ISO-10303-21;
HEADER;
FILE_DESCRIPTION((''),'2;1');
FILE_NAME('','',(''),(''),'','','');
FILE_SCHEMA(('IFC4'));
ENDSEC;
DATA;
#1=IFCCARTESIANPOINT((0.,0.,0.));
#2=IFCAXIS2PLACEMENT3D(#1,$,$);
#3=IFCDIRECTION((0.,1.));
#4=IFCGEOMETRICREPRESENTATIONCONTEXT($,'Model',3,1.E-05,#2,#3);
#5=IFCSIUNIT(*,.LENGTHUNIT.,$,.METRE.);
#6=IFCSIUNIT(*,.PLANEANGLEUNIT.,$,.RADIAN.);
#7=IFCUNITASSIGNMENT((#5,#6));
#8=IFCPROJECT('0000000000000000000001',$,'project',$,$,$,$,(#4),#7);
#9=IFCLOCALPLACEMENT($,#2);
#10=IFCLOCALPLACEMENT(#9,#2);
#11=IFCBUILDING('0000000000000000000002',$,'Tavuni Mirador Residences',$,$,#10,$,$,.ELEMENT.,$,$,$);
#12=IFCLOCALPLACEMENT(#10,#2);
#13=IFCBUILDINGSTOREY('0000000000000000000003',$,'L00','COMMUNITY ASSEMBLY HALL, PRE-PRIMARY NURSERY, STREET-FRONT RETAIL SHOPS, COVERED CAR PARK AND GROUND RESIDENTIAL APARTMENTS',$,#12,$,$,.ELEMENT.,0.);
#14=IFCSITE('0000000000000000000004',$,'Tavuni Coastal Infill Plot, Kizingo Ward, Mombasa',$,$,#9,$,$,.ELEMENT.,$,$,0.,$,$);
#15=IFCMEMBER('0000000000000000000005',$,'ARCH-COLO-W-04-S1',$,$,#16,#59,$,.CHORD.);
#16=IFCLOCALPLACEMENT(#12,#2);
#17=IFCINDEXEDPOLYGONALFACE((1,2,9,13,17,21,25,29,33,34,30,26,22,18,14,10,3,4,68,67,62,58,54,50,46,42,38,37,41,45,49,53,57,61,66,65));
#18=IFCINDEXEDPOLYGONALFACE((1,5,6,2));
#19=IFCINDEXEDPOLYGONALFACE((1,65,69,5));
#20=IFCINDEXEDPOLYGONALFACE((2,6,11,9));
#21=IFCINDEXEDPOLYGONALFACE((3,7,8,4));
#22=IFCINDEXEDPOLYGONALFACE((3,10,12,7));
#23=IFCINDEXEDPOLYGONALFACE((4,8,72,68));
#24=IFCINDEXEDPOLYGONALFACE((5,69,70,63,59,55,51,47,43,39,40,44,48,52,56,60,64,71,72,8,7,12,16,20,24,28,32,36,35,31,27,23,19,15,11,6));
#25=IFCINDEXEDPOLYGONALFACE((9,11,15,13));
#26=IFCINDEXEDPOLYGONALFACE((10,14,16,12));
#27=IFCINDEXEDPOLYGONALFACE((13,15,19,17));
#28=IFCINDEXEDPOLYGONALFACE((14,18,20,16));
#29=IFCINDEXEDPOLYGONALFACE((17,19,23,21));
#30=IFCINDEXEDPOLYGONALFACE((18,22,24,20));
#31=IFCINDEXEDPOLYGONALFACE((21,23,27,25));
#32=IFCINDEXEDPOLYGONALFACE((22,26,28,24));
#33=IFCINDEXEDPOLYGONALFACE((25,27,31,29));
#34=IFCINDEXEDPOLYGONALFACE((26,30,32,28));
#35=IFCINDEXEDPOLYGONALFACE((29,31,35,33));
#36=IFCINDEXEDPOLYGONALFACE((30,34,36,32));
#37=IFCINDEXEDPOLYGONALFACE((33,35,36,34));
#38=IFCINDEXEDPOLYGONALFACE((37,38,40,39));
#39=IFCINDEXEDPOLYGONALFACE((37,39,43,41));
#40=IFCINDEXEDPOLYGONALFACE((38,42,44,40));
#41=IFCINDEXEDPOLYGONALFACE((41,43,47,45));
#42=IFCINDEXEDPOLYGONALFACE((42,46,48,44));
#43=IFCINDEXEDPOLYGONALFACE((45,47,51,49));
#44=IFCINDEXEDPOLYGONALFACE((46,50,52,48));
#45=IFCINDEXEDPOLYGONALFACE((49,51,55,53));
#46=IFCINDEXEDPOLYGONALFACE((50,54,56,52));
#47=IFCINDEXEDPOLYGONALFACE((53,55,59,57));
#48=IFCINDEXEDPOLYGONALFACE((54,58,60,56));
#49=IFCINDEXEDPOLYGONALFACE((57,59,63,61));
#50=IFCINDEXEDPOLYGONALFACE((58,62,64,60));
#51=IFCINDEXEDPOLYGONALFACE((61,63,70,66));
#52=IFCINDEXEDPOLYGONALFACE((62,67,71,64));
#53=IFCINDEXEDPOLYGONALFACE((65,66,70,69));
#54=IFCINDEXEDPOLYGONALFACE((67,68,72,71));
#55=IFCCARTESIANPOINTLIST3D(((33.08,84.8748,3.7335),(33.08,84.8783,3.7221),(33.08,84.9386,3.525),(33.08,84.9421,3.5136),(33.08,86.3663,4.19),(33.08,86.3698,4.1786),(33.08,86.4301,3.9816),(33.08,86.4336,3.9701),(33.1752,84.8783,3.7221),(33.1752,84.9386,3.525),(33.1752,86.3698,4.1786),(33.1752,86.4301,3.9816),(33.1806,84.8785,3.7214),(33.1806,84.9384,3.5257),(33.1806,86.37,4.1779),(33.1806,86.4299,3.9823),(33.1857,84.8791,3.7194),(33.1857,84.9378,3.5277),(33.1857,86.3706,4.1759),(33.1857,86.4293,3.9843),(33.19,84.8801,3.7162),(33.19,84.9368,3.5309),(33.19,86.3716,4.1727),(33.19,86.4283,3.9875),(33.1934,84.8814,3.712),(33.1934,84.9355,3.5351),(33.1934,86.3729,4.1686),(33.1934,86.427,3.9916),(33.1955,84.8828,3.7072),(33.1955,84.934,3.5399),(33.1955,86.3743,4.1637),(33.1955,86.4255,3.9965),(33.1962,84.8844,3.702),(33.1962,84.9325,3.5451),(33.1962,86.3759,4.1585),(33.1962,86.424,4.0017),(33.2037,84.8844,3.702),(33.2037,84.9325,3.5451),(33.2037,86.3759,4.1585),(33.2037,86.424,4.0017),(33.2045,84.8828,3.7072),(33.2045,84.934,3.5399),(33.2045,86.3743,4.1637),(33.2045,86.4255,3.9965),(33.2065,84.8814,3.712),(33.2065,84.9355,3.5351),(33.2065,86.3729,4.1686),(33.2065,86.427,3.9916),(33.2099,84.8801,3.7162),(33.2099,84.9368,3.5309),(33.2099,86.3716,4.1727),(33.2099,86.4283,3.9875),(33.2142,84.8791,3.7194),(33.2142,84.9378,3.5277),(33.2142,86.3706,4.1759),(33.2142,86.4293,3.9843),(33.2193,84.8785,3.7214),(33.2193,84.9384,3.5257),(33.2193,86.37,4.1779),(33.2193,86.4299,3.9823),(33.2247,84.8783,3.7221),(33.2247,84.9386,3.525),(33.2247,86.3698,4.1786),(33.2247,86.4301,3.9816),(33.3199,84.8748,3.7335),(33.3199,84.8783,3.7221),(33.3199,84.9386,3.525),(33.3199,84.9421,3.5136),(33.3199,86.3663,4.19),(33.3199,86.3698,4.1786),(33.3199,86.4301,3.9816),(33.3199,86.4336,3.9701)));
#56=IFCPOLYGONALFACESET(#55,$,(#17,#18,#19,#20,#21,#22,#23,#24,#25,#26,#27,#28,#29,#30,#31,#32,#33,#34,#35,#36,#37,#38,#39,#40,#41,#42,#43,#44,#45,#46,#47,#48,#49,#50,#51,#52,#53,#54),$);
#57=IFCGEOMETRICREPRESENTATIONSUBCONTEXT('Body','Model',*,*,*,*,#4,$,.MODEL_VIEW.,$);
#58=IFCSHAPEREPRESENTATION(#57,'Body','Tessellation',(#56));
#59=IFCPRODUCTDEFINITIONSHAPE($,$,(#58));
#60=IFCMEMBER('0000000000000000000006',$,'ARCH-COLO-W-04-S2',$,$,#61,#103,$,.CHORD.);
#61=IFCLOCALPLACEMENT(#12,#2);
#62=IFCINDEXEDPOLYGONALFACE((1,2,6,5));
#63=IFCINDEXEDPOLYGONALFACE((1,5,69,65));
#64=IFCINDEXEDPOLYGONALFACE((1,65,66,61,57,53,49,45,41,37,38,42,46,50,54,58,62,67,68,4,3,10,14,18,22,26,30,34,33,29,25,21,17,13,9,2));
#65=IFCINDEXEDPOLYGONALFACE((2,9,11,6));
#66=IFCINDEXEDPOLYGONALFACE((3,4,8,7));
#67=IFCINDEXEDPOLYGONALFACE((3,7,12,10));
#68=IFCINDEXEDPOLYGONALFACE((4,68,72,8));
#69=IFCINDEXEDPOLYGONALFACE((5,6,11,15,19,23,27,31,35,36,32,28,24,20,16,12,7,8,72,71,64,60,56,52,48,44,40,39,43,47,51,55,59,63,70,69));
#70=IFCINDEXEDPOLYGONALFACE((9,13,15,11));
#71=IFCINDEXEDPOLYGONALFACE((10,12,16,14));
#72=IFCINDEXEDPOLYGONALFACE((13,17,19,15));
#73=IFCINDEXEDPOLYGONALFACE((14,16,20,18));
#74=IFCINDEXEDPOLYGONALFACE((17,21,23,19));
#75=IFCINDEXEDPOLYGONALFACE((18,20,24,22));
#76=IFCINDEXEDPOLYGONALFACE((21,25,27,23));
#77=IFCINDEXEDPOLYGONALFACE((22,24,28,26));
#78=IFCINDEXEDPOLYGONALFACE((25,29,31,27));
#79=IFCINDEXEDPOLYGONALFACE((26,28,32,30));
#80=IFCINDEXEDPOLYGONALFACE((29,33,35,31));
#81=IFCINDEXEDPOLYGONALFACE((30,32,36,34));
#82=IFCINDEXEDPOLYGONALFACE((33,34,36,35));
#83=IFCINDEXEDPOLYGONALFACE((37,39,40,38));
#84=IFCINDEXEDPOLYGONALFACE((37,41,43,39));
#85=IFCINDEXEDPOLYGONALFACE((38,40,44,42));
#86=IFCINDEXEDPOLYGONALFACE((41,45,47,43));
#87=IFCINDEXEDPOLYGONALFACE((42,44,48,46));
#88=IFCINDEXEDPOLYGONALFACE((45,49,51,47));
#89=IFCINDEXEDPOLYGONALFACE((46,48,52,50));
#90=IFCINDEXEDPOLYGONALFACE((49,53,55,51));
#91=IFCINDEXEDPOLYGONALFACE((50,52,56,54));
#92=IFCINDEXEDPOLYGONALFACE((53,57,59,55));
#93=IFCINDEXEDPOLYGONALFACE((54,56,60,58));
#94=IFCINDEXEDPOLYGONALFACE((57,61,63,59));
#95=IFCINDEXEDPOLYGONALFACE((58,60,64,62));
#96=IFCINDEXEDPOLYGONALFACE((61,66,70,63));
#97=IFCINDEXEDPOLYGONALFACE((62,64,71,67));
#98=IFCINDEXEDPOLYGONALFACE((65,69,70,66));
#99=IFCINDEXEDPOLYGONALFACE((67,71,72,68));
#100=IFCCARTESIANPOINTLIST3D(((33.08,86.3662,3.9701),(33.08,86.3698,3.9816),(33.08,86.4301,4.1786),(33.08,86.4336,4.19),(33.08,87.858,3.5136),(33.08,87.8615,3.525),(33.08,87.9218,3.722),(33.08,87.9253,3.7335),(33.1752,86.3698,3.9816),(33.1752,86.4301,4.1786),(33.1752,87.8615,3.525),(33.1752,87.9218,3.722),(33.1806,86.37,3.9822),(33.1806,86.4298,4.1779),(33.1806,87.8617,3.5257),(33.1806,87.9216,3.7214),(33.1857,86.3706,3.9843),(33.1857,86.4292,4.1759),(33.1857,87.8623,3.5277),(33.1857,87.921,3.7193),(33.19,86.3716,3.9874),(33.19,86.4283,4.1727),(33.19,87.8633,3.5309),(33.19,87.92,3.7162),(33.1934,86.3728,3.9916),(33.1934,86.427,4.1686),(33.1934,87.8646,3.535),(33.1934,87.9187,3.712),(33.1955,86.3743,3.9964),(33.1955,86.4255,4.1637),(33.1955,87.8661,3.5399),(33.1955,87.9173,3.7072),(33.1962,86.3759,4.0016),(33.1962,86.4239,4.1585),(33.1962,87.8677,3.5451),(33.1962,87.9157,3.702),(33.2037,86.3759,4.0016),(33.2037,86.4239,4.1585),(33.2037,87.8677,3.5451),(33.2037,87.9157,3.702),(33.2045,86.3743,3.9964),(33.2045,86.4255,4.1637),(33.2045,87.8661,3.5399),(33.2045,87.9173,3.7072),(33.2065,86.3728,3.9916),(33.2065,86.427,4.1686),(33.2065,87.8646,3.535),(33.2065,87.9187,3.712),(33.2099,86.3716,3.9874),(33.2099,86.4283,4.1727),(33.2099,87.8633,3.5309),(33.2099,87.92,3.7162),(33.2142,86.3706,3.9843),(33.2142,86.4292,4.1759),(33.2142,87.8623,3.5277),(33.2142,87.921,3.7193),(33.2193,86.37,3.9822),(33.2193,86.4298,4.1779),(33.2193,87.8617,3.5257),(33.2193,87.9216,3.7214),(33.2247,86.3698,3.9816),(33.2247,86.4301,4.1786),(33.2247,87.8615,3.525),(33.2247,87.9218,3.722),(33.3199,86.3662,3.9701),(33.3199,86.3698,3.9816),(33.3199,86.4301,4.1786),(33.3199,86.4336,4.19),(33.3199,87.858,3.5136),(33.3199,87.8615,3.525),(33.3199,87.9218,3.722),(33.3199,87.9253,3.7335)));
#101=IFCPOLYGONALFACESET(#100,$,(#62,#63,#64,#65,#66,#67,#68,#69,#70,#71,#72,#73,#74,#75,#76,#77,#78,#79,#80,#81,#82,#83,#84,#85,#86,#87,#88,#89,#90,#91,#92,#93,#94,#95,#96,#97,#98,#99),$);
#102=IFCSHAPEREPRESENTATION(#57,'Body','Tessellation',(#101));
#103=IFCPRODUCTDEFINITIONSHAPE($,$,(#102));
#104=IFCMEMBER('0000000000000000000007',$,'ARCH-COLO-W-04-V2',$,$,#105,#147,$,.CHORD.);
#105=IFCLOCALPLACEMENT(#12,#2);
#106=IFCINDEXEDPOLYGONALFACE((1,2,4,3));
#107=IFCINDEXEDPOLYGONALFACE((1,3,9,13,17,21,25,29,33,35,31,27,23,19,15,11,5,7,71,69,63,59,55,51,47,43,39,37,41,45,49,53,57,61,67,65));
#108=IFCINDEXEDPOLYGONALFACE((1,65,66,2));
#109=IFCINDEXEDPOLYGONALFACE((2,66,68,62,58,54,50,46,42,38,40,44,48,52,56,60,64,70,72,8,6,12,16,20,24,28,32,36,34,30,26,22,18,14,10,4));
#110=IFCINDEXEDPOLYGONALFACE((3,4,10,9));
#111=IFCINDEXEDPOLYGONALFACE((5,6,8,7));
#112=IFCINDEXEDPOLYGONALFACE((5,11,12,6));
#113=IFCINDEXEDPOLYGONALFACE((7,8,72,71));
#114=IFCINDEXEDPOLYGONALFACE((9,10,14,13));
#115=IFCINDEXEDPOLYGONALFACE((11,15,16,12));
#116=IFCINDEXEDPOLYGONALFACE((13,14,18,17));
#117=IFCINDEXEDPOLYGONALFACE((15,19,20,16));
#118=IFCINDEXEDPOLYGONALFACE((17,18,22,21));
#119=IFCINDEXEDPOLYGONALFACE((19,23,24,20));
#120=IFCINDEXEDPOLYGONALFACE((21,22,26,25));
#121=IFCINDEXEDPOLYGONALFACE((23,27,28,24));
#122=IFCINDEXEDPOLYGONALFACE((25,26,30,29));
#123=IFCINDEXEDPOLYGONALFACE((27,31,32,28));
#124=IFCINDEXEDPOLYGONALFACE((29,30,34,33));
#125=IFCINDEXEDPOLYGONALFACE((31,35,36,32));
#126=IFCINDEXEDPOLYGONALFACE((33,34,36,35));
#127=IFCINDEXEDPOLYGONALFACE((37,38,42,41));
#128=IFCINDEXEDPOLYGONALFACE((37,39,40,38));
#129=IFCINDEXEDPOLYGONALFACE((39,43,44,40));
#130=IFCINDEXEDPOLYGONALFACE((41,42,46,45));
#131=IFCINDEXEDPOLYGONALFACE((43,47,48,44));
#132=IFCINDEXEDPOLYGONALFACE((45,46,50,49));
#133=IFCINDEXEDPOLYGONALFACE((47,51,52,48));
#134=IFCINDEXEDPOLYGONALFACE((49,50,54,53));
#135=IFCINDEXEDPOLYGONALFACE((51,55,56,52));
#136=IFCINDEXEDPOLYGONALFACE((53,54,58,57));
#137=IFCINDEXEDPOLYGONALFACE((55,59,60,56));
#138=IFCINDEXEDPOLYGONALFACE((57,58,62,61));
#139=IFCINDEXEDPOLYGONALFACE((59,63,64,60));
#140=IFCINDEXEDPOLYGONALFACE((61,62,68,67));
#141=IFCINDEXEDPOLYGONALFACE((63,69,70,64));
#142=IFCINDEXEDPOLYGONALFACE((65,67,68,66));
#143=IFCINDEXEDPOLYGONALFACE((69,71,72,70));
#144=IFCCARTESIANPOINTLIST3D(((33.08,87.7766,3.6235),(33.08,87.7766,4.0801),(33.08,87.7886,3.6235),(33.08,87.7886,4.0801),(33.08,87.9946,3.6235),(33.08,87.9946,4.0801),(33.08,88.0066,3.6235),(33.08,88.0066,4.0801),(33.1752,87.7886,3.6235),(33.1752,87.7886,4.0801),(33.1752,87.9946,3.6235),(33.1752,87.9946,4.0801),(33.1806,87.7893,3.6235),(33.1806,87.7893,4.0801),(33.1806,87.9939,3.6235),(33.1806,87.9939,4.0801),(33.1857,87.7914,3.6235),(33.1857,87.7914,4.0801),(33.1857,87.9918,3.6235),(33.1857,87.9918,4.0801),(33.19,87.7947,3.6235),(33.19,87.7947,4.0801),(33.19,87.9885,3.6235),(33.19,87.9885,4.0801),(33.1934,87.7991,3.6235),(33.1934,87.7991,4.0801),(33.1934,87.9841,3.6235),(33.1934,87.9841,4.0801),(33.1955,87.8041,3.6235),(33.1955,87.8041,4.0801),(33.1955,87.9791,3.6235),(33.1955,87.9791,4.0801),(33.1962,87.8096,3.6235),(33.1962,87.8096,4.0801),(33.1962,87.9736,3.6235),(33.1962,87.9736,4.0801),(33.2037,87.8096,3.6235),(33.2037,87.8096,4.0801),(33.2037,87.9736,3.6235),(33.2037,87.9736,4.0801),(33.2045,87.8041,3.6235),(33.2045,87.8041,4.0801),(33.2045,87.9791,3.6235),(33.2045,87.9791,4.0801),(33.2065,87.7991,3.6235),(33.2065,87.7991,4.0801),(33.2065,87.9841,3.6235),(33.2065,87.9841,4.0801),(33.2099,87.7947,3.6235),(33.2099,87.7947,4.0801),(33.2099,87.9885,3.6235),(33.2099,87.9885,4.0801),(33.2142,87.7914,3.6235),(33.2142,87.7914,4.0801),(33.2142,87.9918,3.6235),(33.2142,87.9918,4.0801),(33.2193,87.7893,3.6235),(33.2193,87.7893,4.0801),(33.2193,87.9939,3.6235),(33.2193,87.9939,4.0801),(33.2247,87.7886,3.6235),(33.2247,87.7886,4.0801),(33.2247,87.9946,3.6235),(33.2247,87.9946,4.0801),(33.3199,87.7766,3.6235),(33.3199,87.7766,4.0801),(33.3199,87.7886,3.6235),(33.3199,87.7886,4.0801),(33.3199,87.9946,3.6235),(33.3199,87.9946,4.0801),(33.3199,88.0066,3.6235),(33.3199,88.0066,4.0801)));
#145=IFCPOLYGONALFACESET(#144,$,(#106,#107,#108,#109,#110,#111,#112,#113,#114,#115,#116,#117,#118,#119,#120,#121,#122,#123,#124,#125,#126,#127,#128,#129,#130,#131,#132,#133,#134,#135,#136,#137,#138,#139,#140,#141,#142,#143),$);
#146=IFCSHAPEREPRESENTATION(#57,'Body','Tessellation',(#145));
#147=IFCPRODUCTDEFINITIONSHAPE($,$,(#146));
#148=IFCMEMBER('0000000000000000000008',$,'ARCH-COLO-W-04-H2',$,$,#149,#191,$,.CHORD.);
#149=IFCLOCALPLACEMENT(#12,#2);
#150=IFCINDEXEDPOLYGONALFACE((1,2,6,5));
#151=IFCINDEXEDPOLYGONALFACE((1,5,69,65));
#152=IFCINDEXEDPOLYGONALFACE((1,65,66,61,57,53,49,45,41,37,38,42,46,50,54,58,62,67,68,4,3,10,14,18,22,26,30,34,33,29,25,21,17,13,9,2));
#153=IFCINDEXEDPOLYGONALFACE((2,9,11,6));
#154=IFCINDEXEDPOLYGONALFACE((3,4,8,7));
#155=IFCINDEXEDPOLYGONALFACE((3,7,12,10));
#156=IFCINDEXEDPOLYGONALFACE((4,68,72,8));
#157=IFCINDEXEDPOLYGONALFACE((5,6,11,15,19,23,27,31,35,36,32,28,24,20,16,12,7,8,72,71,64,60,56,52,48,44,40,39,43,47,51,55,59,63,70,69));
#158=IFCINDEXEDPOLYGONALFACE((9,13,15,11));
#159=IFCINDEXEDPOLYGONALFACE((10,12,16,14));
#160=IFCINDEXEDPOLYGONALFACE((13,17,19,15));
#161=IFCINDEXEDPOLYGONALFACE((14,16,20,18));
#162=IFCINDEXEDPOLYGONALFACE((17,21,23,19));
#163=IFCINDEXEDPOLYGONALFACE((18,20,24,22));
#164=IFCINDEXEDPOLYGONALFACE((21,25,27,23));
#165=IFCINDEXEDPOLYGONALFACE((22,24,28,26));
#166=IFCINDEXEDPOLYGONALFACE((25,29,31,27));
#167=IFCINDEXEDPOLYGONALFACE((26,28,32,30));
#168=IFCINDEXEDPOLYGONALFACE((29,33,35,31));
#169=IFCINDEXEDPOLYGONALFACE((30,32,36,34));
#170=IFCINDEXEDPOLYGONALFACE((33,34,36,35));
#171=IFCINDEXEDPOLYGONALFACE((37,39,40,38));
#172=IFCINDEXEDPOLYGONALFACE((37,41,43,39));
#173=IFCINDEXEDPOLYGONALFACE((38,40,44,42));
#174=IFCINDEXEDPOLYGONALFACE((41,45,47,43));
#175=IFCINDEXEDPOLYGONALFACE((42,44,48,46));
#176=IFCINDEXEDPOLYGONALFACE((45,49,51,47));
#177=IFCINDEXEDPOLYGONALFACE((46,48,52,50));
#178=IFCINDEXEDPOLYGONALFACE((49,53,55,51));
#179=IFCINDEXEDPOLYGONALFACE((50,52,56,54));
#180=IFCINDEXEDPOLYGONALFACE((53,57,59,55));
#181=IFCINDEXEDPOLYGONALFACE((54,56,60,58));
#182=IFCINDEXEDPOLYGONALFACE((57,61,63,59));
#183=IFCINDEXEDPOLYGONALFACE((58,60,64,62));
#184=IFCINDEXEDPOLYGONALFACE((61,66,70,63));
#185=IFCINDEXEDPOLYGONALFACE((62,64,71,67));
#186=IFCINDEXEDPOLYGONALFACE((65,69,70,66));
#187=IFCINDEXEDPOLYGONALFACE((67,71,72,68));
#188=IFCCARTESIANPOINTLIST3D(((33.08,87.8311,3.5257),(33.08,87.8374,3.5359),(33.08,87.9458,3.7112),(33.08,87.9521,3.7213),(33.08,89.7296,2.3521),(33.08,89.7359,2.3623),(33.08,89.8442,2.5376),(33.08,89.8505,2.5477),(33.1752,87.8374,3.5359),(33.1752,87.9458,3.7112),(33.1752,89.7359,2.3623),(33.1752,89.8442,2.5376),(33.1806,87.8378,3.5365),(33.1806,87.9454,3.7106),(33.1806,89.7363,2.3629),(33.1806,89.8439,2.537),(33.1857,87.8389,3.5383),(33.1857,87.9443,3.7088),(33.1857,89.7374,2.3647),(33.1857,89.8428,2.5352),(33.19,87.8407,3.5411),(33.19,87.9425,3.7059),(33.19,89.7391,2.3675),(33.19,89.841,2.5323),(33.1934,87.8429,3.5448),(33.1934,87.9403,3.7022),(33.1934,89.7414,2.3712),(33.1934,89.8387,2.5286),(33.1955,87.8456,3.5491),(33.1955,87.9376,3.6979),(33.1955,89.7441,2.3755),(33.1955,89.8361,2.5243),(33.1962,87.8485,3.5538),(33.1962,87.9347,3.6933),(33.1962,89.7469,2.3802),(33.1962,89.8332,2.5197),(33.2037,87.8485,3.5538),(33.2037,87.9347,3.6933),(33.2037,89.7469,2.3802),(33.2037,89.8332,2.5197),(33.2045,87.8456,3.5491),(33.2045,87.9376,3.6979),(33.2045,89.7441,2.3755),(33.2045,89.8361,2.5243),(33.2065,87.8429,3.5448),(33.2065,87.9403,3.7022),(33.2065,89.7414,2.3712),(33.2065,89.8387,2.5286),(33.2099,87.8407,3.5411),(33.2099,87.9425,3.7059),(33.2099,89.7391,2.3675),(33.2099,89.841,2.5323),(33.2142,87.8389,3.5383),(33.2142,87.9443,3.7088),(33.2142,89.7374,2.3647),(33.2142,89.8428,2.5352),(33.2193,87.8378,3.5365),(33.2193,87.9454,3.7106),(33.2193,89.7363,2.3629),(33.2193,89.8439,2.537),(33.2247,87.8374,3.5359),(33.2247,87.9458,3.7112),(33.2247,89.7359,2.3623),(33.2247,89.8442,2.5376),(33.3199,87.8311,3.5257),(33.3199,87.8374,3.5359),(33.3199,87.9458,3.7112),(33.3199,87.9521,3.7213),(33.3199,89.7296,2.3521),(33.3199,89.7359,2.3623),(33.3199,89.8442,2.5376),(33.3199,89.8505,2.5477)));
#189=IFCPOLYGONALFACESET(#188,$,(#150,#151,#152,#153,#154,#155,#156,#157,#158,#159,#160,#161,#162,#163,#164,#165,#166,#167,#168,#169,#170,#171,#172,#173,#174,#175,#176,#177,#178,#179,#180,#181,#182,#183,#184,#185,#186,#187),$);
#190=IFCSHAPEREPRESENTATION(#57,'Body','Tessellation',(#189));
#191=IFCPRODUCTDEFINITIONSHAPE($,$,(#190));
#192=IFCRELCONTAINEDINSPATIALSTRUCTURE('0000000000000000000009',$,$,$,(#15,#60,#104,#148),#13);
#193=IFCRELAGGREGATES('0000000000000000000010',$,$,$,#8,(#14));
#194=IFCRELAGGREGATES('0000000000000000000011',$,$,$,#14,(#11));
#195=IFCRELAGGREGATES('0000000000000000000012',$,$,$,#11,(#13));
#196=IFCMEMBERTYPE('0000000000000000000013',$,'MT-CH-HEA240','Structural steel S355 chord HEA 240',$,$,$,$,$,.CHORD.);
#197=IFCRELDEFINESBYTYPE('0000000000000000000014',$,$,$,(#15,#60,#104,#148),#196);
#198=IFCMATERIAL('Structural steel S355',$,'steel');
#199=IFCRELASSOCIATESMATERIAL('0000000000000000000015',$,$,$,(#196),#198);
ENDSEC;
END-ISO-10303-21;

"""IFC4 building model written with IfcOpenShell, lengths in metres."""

from ifc_helpers import new_model, si_unit, direction, frame, origin, origin_2d, place, context, subcontext, project, spatial, i_section, extrude, material, material_profile, profile_set, type_object, element, save


model = new_model("IFC4")

# Units and contexts
model_context = context("Model", 3, precision=1e-05, world=origin(), true_north=direction((0.0, 1.0)))
body_context = subcontext(model_context, "Body", "Model", "MODEL_VIEW")
ifc_project = project(units=[si_unit("LENGTHUNIT", "METRE"), si_unit("PLANEANGLEUNIT", "RADIAN")], contexts=[model_context])

# Site, building, storey
site_placement = place(None, origin())
site = spatial("IfcSite", under=ifc_project, at=site_placement, Name="Tavuni Coastal Infill Plot, Kizingo Ward, Mombasa", CompositionType="ELEMENT", RefElevation=0.0)
building_placement = place(site_placement, origin())
building = spatial("IfcBuilding", under=site, at=building_placement, Name="Tavuni Mirador Residences", CompositionType="ELEMENT")
storey_placement = place(building_placement, origin())
storey = spatial("IfcBuildingStorey", under=building, at=storey_placement, Name="L00", Description="COMMUNITY ASSEMBLY HALL, PRE-PRIMARY NURSERY, STREET-FRONT RETAIL SHOPS, COVERED CAR PARK AND GROUND RESIDENTIAL APARTMENTS", CompositionType="ELEMENT", Elevation=0.0)

# Members
ifc_material_1 = material(Name="Structural steel S355", Category="steel")
ifc_material_profile_1 = material_profile(ifc_material_1, i_section(OverallWidth=0.24, OverallDepth=0.23, WebThickness=0.0076, FlangeThickness=0.012, FilletRadius=0.021, at=origin_2d()), Name="HEA 240", Category="steel")
ifc_profile_set_1 = profile_set([ifc_material_profile_1], Name="Structural steel S355")
member_type_1 = type_object("IfcMemberType", Name="MT-CH-HEA240", Description="Structural steel S355 chord HEA 240", PredefinedType="CHORD", material=ifc_profile_set_1)
member_1_placement = place(storey_placement, frame((33.2, 84.9084, 3.6235), z_axis=(0.0, 0.956204, 0.2927), x_axis=(-1.0, 0.0, 0.0)))
element("IfcMember", 1, at=member_1_placement, inside=storey, type_object=member_type_1, Name="ARCH-COLO-W-04-S1", PredefinedType="CHORD", context=body_context, shape_type="SweptSolid", body=[
    extrude(i_section(OverallWidth=0.24, OverallDepth=0.23, WebThickness=0.0076, FlangeThickness=0.012, FilletRadius=0.021, at=origin_2d()), origin(), (0.0, 0.0, 1.0), 1.5598),
])
member_2_placement = place(storey_placement, frame((33.2, 86.3999, 4.0801), z_axis=(0.0, 0.956218, -0.292656), x_axis=(-1.0, 0.0, 0.0)))
element("IfcMember", 2, at=member_2_placement, inside=storey, type_object=member_type_1, Name="ARCH-COLO-W-04-S2", PredefinedType="CHORD", context=body_context, shape_type="SweptSolid", body=[
    extrude(i_section(OverallWidth=0.24, OverallDepth=0.23, WebThickness=0.0076, FlangeThickness=0.012, FilletRadius=0.021, at=origin_2d()), origin(), (0.0, 0.0, 1.0), 1.5601),
])
member_3_placement = place(storey_placement, frame((33.2, 87.8916, 3.6235), z_axis=(0.0, 0.0, 1.0), x_axis=(1.0, 0.0, 0.0)))
element("IfcMember", 3, at=member_3_placement, inside=storey, type_object=member_type_1, Name="ARCH-COLO-W-04-V2", PredefinedType="CHORD", context=body_context, shape_type="SweptSolid", body=[
    extrude(i_section(OverallWidth=0.24, OverallDepth=0.23, WebThickness=0.0076, FlangeThickness=0.012, FilletRadius=0.021, at=origin_2d()), origin(), (0.0, 0.0, 1.0), 0.4565),
])
member_4_placement = place(storey_placement, frame((33.2, 87.8916, 3.6235), z_axis=(0.0, 0.850594, -0.525824), x_axis=(-1.0, 0.0, 0.0)))
element("IfcMember", 4, at=member_4_placement, inside=storey, type_object=member_type_1, Name="ARCH-COLO-W-04-H2", PredefinedType="CHORD", context=body_context, shape_type="SweptSolid", body=[
    extrude(i_section(OverallWidth=0.24, OverallDepth=0.23, WebThickness=0.0076, FlangeThickness=0.012, FilletRadius=0.021, at=origin_2d()), origin(), (0.0, 0.0, 1.0), 2.2319),
])

save(model, "model.ifc")
